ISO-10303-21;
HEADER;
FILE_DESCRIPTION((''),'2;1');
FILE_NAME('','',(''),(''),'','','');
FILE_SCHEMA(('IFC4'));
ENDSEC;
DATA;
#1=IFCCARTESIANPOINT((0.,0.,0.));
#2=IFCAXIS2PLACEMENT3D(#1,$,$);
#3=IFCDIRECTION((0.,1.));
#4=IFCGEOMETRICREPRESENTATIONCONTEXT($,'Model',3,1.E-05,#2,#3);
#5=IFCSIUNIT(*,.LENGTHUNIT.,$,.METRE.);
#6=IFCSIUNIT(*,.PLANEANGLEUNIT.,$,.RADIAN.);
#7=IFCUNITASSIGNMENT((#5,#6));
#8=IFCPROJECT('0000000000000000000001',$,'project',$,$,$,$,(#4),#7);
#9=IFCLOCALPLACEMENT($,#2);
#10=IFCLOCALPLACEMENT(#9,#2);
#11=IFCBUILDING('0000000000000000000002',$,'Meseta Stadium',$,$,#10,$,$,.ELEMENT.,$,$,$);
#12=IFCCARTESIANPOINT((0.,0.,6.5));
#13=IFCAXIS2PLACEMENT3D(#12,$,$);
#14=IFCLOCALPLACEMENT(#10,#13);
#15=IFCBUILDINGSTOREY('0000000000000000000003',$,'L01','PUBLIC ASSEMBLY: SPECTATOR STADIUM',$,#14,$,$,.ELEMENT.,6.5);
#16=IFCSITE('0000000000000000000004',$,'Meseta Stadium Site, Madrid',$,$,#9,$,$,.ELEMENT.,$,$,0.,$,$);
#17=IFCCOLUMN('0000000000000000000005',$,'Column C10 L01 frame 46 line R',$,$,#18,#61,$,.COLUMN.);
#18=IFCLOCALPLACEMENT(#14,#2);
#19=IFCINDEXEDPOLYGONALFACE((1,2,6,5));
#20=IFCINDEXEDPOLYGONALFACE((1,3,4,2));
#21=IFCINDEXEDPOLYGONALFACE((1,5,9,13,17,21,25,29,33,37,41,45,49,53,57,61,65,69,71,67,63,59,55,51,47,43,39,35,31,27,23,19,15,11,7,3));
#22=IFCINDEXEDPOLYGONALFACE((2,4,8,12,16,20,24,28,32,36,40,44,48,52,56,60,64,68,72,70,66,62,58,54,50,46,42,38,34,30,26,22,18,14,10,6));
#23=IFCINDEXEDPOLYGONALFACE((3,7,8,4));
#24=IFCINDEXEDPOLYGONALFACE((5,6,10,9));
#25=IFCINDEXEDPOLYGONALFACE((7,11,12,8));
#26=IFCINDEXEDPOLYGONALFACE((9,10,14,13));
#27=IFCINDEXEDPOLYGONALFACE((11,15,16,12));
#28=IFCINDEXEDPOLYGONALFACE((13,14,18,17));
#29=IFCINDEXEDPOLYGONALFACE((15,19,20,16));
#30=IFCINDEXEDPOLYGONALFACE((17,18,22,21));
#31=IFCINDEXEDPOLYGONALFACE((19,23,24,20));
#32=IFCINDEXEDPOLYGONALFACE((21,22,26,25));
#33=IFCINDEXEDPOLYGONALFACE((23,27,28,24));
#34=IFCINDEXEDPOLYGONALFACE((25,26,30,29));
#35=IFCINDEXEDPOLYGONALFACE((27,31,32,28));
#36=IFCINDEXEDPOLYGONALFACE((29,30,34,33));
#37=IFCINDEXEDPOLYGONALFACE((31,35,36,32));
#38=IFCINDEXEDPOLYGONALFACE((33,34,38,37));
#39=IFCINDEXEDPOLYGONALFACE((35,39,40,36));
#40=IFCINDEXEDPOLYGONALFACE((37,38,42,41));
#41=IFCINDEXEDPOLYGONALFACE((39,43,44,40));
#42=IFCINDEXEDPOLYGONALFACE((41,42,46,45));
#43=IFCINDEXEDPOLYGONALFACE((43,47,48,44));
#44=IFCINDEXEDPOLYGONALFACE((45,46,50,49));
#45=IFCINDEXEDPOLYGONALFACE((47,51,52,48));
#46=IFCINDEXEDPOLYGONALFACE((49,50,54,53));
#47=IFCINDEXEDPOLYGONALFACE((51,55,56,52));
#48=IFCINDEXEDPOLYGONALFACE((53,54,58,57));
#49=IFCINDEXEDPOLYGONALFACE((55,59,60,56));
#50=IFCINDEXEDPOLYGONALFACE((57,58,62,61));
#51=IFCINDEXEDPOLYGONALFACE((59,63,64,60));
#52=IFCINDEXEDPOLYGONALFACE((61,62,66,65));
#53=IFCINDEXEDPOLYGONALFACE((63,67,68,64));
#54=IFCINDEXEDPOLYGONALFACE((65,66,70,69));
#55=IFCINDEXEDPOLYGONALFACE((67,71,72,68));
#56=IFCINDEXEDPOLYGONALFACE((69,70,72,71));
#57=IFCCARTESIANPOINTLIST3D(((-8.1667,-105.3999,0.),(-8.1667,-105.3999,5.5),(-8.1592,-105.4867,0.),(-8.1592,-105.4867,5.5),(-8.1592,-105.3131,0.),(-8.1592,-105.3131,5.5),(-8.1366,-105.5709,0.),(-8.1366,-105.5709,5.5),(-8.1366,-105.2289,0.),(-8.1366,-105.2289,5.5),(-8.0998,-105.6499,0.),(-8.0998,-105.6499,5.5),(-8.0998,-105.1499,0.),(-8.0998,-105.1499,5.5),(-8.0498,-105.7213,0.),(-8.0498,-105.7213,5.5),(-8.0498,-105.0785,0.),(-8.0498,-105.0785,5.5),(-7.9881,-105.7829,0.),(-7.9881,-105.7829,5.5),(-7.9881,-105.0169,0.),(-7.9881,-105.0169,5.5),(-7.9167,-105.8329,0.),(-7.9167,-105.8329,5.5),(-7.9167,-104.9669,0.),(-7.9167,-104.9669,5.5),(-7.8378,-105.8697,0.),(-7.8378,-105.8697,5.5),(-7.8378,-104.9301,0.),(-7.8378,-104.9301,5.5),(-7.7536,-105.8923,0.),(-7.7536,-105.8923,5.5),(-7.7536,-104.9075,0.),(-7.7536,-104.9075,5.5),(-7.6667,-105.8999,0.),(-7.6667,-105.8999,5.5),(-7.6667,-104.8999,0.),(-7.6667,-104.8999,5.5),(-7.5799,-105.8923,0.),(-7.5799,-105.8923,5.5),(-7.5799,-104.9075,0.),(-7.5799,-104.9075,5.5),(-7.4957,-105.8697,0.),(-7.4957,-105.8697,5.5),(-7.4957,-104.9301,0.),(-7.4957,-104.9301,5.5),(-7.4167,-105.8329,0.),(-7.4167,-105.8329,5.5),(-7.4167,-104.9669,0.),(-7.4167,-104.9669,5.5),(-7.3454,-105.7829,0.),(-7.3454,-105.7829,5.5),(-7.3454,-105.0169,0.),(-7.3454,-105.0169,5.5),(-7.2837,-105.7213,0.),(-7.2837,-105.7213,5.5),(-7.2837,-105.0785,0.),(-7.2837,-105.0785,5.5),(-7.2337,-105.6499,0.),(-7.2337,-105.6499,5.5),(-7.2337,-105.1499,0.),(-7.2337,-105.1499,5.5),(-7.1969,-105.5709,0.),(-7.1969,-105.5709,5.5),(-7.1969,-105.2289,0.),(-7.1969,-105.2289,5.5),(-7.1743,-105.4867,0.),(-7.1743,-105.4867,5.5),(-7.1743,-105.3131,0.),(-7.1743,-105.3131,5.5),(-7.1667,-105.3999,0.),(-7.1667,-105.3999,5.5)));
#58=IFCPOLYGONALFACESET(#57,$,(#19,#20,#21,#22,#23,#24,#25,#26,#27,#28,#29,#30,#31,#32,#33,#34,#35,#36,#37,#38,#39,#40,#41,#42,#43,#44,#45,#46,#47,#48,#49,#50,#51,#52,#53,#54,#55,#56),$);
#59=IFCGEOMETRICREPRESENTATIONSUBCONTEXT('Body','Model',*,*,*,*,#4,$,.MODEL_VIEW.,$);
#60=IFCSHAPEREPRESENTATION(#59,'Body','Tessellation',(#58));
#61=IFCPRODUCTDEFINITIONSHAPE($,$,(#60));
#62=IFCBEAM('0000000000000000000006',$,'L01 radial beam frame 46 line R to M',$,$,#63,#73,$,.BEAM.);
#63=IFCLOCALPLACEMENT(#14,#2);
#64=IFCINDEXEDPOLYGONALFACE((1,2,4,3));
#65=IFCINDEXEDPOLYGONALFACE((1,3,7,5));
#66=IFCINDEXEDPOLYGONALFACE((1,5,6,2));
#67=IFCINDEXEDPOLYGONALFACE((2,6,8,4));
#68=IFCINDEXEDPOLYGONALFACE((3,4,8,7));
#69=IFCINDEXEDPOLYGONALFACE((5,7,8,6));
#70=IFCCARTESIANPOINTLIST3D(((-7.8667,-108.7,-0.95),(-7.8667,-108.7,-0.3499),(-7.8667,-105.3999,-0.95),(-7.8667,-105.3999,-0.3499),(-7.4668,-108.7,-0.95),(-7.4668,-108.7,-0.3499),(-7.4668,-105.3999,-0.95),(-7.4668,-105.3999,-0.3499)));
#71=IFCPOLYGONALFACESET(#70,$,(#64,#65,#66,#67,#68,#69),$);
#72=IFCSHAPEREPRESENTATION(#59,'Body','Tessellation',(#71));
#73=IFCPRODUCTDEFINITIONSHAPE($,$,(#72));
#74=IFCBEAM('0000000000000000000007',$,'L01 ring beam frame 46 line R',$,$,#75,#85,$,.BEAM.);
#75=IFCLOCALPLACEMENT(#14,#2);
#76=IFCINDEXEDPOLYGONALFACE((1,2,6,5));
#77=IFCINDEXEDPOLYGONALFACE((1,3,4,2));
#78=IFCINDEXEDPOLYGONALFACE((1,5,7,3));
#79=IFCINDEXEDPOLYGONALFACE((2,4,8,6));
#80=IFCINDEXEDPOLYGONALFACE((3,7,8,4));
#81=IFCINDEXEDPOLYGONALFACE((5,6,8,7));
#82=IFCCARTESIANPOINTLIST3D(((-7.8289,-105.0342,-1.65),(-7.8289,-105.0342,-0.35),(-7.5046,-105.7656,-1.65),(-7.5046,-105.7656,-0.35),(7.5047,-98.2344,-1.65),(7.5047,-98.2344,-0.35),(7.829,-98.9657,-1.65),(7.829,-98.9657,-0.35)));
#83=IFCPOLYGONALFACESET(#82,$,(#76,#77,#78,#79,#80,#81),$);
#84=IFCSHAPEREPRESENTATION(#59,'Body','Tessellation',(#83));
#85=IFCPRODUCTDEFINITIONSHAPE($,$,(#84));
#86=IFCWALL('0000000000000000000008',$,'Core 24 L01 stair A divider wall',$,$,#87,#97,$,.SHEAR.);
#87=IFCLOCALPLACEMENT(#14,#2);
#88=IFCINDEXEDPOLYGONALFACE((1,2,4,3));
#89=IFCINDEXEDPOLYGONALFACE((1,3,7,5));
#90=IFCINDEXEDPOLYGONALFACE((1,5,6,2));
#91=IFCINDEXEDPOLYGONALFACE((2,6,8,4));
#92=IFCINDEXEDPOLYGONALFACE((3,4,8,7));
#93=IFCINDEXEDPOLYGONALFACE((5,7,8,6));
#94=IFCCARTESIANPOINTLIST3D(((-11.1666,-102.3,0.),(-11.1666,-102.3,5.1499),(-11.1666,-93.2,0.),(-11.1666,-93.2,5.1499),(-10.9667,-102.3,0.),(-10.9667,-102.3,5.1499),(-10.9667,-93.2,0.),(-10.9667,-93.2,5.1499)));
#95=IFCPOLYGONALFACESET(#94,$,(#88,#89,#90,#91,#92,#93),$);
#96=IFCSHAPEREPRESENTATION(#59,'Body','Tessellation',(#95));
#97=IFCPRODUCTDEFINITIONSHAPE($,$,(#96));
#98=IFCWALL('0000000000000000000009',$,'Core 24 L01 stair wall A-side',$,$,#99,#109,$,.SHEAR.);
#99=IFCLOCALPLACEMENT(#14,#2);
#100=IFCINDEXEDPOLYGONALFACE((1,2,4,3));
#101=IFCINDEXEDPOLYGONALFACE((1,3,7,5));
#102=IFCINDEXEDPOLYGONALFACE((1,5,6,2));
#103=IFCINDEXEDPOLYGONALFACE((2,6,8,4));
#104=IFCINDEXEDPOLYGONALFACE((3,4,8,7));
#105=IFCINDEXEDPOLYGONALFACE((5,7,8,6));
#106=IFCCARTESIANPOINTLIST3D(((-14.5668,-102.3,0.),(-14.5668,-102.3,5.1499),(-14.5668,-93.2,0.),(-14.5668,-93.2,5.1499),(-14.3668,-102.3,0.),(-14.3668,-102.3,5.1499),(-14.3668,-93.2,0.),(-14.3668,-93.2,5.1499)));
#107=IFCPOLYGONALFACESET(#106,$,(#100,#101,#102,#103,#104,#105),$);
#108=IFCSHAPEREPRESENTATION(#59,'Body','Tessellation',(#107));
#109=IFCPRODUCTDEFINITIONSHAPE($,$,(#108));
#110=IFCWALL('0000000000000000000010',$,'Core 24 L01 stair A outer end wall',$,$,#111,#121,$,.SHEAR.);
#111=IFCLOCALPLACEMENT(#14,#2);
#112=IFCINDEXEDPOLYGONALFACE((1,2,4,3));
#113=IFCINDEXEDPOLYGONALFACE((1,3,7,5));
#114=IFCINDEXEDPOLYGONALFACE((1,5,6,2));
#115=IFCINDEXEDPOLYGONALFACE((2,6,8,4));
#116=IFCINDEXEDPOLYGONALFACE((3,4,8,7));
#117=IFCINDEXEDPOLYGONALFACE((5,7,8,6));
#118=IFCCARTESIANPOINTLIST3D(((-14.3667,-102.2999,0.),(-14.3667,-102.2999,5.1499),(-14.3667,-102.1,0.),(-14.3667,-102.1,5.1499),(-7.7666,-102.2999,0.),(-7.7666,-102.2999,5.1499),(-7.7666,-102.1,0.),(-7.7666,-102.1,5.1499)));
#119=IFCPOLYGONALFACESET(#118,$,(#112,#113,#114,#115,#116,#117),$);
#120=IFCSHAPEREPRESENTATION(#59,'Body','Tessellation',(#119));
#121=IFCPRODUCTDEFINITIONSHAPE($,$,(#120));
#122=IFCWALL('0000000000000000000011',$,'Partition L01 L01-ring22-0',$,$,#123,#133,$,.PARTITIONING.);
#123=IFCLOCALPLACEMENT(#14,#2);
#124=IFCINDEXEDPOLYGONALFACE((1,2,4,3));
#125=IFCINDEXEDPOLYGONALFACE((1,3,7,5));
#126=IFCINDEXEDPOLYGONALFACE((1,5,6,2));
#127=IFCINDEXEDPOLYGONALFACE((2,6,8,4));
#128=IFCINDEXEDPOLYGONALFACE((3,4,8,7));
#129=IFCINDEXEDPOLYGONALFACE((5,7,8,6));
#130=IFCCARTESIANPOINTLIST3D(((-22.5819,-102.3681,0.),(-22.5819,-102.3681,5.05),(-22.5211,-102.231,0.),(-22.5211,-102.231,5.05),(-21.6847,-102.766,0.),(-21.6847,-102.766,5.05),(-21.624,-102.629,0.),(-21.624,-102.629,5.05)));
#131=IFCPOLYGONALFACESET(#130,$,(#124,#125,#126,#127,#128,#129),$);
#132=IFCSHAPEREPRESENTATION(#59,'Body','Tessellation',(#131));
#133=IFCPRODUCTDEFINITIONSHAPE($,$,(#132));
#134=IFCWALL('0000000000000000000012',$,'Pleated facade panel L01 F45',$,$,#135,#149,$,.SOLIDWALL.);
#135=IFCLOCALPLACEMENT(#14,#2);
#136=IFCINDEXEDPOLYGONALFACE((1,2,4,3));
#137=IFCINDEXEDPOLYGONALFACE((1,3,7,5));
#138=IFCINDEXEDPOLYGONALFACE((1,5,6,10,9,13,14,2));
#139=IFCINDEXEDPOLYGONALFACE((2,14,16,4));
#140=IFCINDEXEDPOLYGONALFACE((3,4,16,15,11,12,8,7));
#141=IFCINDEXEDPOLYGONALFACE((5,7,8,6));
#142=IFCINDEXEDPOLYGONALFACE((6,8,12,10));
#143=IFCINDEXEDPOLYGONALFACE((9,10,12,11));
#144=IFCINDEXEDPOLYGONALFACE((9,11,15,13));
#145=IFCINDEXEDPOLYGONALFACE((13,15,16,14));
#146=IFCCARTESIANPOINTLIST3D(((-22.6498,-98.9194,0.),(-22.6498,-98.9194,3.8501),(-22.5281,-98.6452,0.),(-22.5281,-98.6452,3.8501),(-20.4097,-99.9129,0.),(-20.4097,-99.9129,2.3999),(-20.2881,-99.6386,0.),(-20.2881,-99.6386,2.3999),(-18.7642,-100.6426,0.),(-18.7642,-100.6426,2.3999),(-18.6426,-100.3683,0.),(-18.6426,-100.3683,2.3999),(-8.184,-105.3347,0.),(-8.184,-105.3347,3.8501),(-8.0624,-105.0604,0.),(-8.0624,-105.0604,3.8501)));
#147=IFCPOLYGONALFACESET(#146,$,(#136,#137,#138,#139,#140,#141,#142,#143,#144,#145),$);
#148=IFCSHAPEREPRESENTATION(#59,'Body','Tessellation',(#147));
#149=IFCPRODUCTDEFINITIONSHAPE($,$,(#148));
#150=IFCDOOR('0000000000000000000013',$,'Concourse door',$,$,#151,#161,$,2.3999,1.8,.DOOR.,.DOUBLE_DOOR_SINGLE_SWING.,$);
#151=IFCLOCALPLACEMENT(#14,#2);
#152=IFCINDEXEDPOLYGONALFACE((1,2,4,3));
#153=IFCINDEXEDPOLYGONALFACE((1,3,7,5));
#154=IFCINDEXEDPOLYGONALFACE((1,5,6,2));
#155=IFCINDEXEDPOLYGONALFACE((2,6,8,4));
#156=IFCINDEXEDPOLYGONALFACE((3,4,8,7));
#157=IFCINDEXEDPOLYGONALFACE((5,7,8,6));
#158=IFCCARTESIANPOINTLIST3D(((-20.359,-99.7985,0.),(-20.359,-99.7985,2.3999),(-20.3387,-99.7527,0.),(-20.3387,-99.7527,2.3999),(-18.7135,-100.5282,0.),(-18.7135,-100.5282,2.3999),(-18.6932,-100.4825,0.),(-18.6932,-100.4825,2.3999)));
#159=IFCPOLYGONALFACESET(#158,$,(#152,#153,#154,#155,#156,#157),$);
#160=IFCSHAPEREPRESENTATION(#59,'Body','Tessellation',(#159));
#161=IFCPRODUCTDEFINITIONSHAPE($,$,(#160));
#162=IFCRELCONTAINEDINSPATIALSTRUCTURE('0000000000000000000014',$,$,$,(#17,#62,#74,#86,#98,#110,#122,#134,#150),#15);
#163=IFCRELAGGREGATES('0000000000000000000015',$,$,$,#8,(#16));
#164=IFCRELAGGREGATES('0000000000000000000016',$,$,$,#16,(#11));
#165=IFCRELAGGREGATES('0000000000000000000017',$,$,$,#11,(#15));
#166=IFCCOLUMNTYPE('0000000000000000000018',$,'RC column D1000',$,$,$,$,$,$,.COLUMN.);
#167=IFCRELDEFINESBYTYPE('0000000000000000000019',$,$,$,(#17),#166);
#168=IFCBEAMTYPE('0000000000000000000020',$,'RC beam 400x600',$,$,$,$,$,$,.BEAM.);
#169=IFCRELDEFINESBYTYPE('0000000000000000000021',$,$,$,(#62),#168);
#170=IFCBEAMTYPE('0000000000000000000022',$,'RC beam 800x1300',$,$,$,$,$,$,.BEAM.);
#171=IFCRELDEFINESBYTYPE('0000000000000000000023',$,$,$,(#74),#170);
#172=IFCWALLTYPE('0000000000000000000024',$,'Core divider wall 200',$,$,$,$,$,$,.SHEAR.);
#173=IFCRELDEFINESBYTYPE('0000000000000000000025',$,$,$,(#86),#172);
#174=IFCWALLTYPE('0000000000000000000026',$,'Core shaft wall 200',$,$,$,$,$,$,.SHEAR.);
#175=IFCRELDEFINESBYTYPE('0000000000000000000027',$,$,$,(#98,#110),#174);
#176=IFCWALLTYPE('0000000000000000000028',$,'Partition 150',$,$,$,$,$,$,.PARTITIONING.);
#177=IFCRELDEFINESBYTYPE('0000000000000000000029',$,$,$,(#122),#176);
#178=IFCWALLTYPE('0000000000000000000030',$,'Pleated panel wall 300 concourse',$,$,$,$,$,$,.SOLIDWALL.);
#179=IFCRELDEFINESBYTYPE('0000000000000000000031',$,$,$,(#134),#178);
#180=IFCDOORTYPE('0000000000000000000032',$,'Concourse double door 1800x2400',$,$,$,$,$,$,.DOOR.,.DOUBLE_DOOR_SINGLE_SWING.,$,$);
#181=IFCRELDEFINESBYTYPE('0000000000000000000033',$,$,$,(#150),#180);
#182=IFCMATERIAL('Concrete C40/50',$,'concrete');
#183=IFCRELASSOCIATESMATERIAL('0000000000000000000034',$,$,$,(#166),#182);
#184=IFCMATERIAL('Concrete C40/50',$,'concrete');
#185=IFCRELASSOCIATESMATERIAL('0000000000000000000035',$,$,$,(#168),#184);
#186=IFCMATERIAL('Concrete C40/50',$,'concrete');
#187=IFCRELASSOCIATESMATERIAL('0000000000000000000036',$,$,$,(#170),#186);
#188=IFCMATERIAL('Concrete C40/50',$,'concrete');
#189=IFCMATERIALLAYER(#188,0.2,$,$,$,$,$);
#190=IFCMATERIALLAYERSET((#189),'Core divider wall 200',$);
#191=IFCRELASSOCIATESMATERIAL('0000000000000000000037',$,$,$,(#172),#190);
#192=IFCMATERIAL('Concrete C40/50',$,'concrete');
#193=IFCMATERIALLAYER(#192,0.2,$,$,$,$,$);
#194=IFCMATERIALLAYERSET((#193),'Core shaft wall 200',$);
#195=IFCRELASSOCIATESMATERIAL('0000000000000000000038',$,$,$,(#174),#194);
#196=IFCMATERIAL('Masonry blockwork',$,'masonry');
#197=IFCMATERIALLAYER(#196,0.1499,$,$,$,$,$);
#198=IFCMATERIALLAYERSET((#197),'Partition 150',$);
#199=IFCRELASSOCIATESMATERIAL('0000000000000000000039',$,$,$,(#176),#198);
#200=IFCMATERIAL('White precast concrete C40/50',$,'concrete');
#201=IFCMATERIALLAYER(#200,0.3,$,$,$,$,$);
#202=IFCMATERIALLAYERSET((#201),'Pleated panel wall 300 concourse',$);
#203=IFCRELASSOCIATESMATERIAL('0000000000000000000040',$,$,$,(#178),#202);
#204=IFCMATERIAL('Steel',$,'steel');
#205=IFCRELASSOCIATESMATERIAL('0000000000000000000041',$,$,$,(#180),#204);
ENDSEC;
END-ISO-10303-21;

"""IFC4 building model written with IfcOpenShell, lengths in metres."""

from ifc_helpers import new_model, si_unit, direction, frame, frame_2d, origin, origin_2d, place, context, subcontext, project, spatial, rectangle, circle, extrude, material, layer, layer_set, material_profile, profile_set, type_object, element, fill, save


model = new_model("IFC4")

# Units and contexts
model_context = context("Model", 3, precision=1e-05, world=origin(), true_north=direction((0.0, 1.0)))
body_context = subcontext(model_context, "Body", "Model", "MODEL_VIEW")
ifc_project = project(units=[si_unit("LENGTHUNIT", "METRE"), si_unit("PLANEANGLEUNIT", "RADIAN")], contexts=[model_context])

# Site, building, storey
site_placement = place(None, origin())
site = spatial("IfcSite", under=ifc_project, at=site_placement, Name="Meseta Stadium Site, Madrid", CompositionType="ELEMENT", RefElevation=0.0)
building_placement = place(site_placement, origin())
building = spatial("IfcBuilding", under=site, at=building_placement, Name="Meseta Stadium", CompositionType="ELEMENT")
storey_placement = place(building_placement, frame((0.0, 0.0, 6.5)))
storey = spatial("IfcBuildingStorey", under=building, at=storey_placement, Name="L01", Description="PUBLIC ASSEMBLY: SPECTATOR STADIUM", CompositionType="ELEMENT", Elevation=6.5)

# Column
ifc_material_1 = material(Name="Concrete C40/50", Category="concrete")
ifc_material_profile_1 = material_profile(ifc_material_1, circle(Radius=0.5, at=origin_2d()), Name="RC D1000")
ifc_profile_set_1 = profile_set([ifc_material_profile_1], Name="Concrete C40/50")
column_type = type_object("IfcColumnType", Name="RC column D1000", PredefinedType="COLUMN", material=ifc_profile_set_1)
column_placement = place(storey_placement, frame((-7.6667, -105.3999, 0.0), z_axis=(0.0, 0.0, 1.0), x_axis=(1.0, 0.0, 0.0)))
element("IfcColumn", 1, at=column_placement, inside=storey, type_object=column_type, Name="Column C10 L01 frame 46 line R", PredefinedType="COLUMN", context=body_context, shape_type="SweptSolid", body=[
    extrude(circle(Radius=0.5, at=origin_2d()), origin(), (0.0, 0.0, 1.0), 5.5),
])

# Beams
ifc_material_2 = material(Name="Concrete C40/50", Category="concrete")
ifc_material_profile_2 = material_profile(ifc_material_2, rectangle(XDim=0.3999, YDim=0.6001, at=origin_2d()), Name="RC 400x600")
ifc_profile_set_2 = profile_set([ifc_material_profile_2], Name="Concrete C40/50")
beam_type_1 = type_object("IfcBeamType", Name="RC beam 400x600", PredefinedType="BEAM", material=ifc_profile_set_2)
beam_1_placement = place(storey_placement, frame((-7.6667, -105.3999, -0.6499), z_axis=(0.0, -1.0, 0.0), x_axis=(1.0, 0.0, 0.0)))
element("IfcBeam", 2, at=beam_1_placement, inside=storey, type_object=beam_type_1, Name="L01 radial beam frame 46 line R to M", PredefinedType="BEAM", context=body_context, shape_type="SweptSolid", body=[
    extrude(rectangle(XDim=0.3999, YDim=0.6001, at=origin_2d()), origin(), (0.0, 0.0, 1.0), 3.3),
])
ifc_material_3 = material(Name="Concrete C40/50", Category="concrete")
ifc_material_profile_3 = material_profile(ifc_material_3, rectangle(XDim=0.8, YDim=1.3, at=origin_2d()), Name="RC 800x1300")
ifc_profile_set_3 = profile_set([ifc_material_profile_3], Name="Concrete C40/50")
beam_type_2 = type_object("IfcBeamType", Name="RC beam 800x1300", PredefinedType="BEAM", material=ifc_profile_set_3)
beam_2_placement = place(storey_placement, frame((-7.6667, -105.3999, -1.0), z_axis=(0.914145, 0.405387, 0.0), x_axis=(-0.405387, 0.914145, 0.0)))
element("IfcBeam", 3, at=beam_2_placement, inside=storey, type_object=beam_type_2, Name="L01 ring beam frame 46 line R", PredefinedType="BEAM", context=body_context, shape_type="SweptSolid", body=[
    extrude(rectangle(XDim=0.8, YDim=1.3, at=origin_2d()), origin(), (0.0, 0.0, 1.0), 16.7737),
])

# Walls
ifc_material_4 = material(Name="Concrete C40/50", Category="concrete")
ifc_layer_1 = layer(ifc_material_4, 0.2)
ifc_layer_set_1 = layer_set([ifc_layer_1], Name="Core divider wall 200")
wall_type_1 = type_object("IfcWallType", Name="Core divider wall 200", PredefinedType="SHEAR", material=ifc_layer_set_1)
wall_1_placement = place(storey_placement, frame((-11.0667, -102.3, 0.0), z_axis=(0.0, 0.0, 1.0), x_axis=(0.0, 1.0, 0.0)))
element("IfcWall", 4, at=wall_1_placement, inside=storey, type_object=wall_type_1, Name="Core 24 L01 stair A divider wall", PredefinedType="SHEAR", context=body_context, shape_type="SweptSolid", body=[
    extrude(rectangle(XDim=9.1001, YDim=0.2, at=frame_2d((4.55, 0.0))), origin(), (0.0, 0.0, 1.0), 5.1499),
])
ifc_material_5 = material(Name="Concrete C40/50", Category="concrete")
ifc_layer_2 = layer(ifc_material_5, 0.2)
ifc_layer_set_2 = layer_set([ifc_layer_2], Name="Core shaft wall 200")
wall_type_2 = type_object("IfcWallType", Name="Core shaft wall 200", PredefinedType="SHEAR", material=ifc_layer_set_2)
wall_2_placement = place(storey_placement, frame((-14.4668, -102.3, 0.0), z_axis=(0.0, 0.0, 1.0), x_axis=(0.0, 1.0, 0.0)))
element("IfcWall", 5, at=wall_2_placement, inside=storey, type_object=wall_type_2, Name="Core 24 L01 stair wall A-side", PredefinedType="SHEAR", context=body_context, shape_type="SweptSolid", body=[
    extrude(rectangle(XDim=9.1001, YDim=0.2, at=frame_2d((4.55, 0.0))), origin(), (0.0, 0.0, 1.0), 5.1499),
])
wall_3_placement = place(storey_placement, frame((-14.3667, -102.2, 0.0), z_axis=(0.0, 0.0, 1.0), x_axis=(1.0, 0.0, 0.0)))
element("IfcWall", 6, at=wall_3_placement, inside=storey, type_object=wall_type_2, Name="Core 24 L01 stair A outer end wall", PredefinedType="SHEAR", context=body_context, shape_type="SweptSolid", body=[
    extrude(rectangle(XDim=6.6001, YDim=0.2, at=frame_2d((3.3, 0.0))), origin(), (0.0, 0.0, 1.0), 5.1499),
])
ifc_material_6 = material(Name="Masonry blockwork", Category="masonry")
ifc_layer_3 = layer(ifc_material_6, 0.1499)
ifc_layer_set_3 = layer_set([ifc_layer_3], Name="Partition 150")
wall_type_3 = type_object("IfcWallType", Name="Partition 150", PredefinedType="PARTITIONING", material=ifc_layer_set_3)
wall_4_placement = place(storey_placement, frame((-22.5515, -102.2996, 0.0), z_axis=(0.0, 0.0, 1.0), x_axis=(0.914119, -0.405446, 0.0)))
element("IfcWall", 7, at=wall_4_placement, inside=storey, type_object=wall_type_3, Name="Partition L01 L01-ring22-0", PredefinedType="PARTITIONING", context=body_context, shape_type="SweptSolid", body=[
    extrude(rectangle(XDim=0.9814, YDim=0.1499, at=frame_2d((0.4907, 0.0))), origin(), (0.0, 0.0, 1.0), 5.05),
])

# Wall, opening, door
ifc_material_7 = material(Name="White precast concrete C40/50", Category="concrete")
ifc_layer_4 = layer(ifc_material_7, 0.3)
ifc_layer_set_4 = layer_set([ifc_layer_4], Name="Pleated panel wall 300 concourse")
wall_type_4 = type_object("IfcWallType", Name="Pleated panel wall 300 concourse", PredefinedType="SOLIDWALL", material=ifc_layer_set_4)
wall_5_placement = place(storey_placement, frame((-8.1233, -105.1975, 0.0), z_axis=(0.0, 0.0, 1.0), x_axis=(-0.914139, 0.405401, 0.0)))
wall_5 = element("IfcWall", 8, at=wall_5_placement, inside=storey, type_object=wall_type_4, Name="Pleated facade panel L01 F45", PredefinedType="SOLIDWALL", context=body_context, shape_type="SweptSolid", body=[
    extrude(rectangle(XDim=15.8245, YDim=0.3, at=frame_2d((7.9121, 0.0))), origin(), (0.0, 0.0, 1.0), 3.8501),
])
opening_placement = place(wall_5_placement, frame((11.574, 0.0, 0.0)))
opening = element("IfcOpeningElement", 9, at=opening_placement, cuts=wall_5, PredefinedType="OPENING", context=body_context, shape_type="SweptSolid", body=[
    extrude(rectangle(XDim=1.8, YDim=2.3999, at=frame_2d((0.8999, 1.2))), frame((0.0, 0.1599, 0.0), z_axis=(0.0, -1.0, 0.0), x_axis=(1.0, 0.0, 0.0)), (0.0, 0.0, 1.0), 0.3201),
])
ifc_material_8 = material(Name="Steel", Category="steel")
door_type = type_object("IfcDoorType", Name="Concourse double door 1800x2400", OperationType="DOUBLE_DOOR_SINGLE_SWING", PredefinedType="DOOR", material=ifc_material_8)
door_placement = place(opening_placement, origin())
door = element("IfcDoor", 10, at=door_placement, inside=storey, type_object=door_type, Name="Concourse door", OperationType="DOUBLE_DOOR_SINGLE_SWING", OverallHeight=2.3999, OverallWidth=1.8, PredefinedType="DOOR", context=body_context, shape_type="SweptSolid", body=[
    extrude(rectangle(XDim=1.8, YDim=2.3999, at=frame_2d((0.8999, 1.2))), frame((0.0, 0.0249, 0.0), z_axis=(0.0, -1.0, 0.0), x_axis=(1.0, 0.0, 0.0)), (0.0, 0.0, 1.0), 0.05),
])
fill(opening, door)

save(model, "model.ifc")
